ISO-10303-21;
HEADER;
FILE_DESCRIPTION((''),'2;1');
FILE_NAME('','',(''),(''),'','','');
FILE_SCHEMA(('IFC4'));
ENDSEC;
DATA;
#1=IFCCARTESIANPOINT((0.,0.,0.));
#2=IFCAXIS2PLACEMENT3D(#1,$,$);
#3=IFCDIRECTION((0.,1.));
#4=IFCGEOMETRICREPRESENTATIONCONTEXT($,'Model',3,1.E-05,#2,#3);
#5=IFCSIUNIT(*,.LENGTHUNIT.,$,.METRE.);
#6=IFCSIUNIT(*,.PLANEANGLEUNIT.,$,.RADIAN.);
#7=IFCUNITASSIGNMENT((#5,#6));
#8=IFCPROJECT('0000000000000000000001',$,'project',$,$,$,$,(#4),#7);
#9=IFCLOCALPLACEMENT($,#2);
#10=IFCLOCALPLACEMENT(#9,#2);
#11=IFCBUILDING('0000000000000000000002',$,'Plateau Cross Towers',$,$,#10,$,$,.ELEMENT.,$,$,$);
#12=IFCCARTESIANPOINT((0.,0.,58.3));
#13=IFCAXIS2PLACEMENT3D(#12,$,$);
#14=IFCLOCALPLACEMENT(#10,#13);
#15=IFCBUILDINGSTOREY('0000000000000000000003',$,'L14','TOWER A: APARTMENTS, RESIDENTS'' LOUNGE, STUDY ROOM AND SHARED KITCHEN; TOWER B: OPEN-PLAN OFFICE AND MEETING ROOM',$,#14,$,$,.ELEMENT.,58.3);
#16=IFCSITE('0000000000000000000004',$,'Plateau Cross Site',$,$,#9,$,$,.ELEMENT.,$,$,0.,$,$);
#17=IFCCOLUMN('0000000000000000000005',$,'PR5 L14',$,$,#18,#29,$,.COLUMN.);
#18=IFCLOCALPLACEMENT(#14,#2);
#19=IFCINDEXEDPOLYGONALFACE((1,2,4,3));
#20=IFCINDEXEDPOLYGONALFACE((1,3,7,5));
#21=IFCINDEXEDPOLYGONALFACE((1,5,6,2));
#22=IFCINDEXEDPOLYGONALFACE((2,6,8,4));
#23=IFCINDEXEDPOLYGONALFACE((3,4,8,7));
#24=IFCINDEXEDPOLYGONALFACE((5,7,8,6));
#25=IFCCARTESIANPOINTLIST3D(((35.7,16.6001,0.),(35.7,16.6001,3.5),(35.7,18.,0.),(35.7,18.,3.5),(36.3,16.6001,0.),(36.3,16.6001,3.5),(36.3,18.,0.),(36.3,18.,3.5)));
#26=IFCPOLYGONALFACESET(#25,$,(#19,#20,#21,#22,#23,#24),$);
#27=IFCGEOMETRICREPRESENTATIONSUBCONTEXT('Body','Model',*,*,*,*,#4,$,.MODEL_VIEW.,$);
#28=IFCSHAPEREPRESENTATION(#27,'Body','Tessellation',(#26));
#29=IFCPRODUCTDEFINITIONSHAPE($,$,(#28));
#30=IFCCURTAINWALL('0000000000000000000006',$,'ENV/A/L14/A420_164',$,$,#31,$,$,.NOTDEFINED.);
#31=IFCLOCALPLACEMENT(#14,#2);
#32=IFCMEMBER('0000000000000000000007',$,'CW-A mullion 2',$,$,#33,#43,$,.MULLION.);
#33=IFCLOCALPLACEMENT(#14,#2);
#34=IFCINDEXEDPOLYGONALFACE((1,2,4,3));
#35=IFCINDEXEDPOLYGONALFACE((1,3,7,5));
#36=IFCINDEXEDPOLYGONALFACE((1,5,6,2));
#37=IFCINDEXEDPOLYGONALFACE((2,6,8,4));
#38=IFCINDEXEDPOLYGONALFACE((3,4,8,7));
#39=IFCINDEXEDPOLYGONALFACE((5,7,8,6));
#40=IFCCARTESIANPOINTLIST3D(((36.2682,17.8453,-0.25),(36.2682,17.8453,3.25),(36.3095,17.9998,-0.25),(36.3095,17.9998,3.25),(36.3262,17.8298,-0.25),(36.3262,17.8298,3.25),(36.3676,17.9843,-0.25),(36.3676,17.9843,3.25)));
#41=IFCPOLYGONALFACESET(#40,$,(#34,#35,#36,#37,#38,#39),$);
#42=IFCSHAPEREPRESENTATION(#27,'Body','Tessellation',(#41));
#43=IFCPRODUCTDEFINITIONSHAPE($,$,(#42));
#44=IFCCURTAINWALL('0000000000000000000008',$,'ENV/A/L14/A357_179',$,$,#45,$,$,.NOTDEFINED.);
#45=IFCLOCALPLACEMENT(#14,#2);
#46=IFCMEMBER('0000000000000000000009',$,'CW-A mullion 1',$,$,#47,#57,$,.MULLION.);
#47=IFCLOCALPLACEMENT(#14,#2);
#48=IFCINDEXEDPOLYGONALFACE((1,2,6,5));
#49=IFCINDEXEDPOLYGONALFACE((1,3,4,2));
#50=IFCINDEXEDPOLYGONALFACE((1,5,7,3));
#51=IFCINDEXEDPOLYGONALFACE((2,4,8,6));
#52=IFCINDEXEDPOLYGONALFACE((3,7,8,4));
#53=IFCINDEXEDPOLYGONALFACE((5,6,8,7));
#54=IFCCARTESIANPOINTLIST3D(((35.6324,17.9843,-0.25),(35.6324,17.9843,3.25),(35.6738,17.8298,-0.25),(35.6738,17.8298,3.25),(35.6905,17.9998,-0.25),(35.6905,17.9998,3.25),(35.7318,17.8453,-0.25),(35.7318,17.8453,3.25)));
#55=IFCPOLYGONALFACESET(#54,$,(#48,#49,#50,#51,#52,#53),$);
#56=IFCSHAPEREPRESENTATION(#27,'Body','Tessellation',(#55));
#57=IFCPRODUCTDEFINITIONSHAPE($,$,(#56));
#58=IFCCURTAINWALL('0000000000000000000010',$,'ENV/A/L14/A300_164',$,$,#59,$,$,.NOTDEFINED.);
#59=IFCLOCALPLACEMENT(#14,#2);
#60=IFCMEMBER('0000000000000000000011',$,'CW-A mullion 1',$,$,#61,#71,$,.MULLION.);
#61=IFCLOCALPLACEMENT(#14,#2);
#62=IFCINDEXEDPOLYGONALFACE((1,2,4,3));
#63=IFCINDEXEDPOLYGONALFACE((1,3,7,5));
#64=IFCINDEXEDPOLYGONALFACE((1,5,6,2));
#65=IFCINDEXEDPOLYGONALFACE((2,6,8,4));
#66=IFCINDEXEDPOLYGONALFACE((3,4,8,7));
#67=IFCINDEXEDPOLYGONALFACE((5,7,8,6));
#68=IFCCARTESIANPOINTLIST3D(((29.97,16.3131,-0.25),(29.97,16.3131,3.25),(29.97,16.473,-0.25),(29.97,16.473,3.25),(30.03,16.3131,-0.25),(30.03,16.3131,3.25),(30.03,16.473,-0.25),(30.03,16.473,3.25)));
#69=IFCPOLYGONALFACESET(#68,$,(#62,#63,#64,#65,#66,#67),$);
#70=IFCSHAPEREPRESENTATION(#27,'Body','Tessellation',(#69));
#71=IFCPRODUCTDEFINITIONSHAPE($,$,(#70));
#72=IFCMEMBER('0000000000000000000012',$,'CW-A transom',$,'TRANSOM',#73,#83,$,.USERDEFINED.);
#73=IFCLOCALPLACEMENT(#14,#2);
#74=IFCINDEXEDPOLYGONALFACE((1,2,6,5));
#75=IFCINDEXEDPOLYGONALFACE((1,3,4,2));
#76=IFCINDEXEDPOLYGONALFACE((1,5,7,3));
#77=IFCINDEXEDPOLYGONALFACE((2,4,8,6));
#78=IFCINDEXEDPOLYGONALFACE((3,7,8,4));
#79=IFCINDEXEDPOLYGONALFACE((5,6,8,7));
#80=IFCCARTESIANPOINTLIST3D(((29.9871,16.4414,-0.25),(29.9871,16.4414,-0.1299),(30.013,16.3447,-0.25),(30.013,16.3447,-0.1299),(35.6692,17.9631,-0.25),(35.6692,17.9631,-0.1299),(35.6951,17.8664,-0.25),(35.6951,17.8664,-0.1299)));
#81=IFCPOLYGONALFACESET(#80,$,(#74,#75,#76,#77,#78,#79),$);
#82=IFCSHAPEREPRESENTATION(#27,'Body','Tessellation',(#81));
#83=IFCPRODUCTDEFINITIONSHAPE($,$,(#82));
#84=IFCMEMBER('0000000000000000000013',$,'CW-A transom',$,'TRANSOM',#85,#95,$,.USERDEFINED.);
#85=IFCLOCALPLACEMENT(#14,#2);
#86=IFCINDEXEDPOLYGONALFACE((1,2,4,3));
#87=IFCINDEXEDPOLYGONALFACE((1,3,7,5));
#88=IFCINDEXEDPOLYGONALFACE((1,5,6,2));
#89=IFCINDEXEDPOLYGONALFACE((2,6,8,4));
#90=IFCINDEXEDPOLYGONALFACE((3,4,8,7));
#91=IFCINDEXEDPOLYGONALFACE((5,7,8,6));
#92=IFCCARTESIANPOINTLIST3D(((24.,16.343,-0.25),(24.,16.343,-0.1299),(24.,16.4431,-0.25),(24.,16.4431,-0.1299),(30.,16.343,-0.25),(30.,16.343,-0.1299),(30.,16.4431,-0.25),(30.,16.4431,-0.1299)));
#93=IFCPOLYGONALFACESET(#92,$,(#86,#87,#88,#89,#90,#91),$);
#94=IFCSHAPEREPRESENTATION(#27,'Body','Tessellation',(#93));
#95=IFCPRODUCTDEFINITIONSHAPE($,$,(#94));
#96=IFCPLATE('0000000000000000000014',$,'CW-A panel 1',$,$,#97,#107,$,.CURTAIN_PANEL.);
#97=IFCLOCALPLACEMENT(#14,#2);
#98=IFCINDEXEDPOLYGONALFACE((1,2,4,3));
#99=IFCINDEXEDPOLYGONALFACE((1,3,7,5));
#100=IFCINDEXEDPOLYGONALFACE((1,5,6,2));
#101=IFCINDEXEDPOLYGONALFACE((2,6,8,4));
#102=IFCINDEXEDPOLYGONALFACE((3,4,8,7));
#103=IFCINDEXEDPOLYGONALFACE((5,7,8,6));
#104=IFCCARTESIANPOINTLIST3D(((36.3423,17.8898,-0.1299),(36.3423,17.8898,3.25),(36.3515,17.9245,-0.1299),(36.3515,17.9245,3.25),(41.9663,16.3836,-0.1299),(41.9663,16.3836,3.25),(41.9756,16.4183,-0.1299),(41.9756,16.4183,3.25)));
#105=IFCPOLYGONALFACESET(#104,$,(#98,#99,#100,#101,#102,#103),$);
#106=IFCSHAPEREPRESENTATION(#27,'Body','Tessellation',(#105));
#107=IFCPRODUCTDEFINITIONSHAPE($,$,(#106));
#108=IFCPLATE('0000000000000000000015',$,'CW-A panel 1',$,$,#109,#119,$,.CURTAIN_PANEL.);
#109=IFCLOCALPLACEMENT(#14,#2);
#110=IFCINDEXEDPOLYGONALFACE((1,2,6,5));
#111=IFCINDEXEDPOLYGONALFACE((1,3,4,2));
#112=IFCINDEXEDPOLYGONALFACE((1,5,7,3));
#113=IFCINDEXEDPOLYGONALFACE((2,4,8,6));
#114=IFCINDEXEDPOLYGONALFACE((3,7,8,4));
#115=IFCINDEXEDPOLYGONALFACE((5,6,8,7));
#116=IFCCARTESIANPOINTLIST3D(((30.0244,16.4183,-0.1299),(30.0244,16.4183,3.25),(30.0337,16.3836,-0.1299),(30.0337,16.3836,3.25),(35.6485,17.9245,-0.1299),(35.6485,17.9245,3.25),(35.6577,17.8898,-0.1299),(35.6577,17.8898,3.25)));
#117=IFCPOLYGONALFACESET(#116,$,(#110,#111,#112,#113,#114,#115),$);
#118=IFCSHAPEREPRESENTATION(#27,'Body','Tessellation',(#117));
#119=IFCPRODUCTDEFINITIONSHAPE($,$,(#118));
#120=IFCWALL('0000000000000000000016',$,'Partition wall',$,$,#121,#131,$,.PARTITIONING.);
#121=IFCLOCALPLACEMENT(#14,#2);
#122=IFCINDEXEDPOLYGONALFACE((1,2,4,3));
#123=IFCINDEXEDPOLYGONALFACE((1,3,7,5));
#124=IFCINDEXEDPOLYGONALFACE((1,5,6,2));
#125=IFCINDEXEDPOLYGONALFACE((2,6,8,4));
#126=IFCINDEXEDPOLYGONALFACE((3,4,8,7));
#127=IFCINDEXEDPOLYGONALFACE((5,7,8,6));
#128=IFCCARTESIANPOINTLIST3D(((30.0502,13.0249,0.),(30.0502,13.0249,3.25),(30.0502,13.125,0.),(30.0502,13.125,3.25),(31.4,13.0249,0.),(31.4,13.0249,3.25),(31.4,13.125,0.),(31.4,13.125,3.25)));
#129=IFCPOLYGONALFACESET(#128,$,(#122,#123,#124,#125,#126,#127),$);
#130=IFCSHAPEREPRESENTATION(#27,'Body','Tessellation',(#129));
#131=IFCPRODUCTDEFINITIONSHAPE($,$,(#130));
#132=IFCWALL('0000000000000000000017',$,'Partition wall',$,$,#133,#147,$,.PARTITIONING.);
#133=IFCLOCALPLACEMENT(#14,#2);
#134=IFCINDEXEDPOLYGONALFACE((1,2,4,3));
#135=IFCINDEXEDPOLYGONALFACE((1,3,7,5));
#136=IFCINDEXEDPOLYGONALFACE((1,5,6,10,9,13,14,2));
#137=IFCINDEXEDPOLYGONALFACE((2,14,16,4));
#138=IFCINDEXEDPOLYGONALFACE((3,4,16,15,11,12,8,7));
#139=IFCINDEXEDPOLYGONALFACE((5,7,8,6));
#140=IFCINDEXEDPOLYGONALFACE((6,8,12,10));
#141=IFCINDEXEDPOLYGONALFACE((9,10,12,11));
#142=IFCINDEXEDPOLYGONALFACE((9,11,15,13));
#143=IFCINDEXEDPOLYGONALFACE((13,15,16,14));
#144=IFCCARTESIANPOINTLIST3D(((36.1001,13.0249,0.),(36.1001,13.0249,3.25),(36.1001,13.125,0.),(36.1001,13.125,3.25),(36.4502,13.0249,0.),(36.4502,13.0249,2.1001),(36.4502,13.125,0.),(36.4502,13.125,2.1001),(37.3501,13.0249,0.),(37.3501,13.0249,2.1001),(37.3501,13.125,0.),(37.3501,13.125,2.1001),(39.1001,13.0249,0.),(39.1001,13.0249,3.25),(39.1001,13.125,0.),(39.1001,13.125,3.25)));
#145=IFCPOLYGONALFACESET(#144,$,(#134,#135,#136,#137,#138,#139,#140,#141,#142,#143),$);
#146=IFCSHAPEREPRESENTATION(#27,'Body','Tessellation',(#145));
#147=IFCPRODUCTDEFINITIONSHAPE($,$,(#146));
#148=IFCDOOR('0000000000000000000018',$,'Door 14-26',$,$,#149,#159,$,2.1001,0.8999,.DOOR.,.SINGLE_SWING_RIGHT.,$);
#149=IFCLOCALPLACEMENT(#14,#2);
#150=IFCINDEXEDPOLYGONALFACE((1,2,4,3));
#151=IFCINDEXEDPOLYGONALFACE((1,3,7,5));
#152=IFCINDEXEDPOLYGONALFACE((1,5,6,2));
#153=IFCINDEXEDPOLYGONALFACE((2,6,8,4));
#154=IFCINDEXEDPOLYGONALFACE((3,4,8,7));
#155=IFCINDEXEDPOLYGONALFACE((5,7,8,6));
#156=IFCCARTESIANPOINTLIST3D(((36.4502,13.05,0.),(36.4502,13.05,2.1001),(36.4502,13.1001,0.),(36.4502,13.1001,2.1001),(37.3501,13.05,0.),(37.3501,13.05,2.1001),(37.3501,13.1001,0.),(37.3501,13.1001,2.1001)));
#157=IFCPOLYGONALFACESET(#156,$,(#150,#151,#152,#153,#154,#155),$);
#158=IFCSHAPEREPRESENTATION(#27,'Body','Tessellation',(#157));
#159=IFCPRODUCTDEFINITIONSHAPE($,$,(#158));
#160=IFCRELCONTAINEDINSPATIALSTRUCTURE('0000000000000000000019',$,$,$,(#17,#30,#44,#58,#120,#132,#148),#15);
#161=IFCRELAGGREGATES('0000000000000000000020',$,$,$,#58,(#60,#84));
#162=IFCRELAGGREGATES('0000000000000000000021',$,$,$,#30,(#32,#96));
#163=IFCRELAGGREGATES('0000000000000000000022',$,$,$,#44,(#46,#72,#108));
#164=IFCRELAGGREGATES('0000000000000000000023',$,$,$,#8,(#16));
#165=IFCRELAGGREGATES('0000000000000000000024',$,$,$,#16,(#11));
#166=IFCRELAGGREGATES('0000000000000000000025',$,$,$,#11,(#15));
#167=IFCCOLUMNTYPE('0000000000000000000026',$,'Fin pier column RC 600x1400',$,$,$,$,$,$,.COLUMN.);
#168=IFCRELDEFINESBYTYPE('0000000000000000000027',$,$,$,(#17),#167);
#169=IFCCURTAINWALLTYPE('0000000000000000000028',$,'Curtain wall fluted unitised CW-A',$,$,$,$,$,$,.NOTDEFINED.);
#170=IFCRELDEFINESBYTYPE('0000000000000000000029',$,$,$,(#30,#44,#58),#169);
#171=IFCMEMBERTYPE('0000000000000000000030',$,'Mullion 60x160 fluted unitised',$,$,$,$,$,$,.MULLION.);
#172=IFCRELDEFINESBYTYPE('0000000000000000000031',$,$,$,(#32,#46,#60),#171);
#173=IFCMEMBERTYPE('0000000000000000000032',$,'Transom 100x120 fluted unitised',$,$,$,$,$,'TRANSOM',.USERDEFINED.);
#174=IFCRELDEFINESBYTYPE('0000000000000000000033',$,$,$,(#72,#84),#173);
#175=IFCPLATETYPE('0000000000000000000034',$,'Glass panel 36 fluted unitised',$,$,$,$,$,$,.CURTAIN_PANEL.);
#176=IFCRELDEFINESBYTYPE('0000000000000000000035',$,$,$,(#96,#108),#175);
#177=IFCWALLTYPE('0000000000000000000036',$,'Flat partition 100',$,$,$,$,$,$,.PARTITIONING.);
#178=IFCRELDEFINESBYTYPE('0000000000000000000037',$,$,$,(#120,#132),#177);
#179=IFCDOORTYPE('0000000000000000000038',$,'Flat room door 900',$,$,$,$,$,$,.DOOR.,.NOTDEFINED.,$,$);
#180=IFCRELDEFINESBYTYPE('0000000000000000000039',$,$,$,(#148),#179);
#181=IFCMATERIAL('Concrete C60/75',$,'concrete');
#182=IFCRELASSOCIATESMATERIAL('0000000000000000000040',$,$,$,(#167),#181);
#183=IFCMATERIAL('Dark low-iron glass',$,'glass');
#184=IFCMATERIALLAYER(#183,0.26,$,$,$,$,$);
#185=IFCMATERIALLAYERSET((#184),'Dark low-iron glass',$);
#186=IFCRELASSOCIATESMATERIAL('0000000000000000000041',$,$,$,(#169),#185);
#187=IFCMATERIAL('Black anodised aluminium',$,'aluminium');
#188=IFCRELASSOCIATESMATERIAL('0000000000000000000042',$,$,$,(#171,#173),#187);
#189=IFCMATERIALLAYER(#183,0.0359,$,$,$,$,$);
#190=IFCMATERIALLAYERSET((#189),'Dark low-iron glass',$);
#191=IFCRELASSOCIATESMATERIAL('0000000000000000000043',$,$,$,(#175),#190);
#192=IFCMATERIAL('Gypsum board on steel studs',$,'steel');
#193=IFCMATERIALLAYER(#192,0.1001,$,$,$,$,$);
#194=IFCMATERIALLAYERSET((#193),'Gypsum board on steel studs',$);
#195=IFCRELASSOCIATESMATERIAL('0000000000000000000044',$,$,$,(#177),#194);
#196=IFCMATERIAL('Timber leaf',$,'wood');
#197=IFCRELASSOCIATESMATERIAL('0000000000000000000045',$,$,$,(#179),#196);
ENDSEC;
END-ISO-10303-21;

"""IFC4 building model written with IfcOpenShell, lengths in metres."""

from ifc_helpers import new_model, si_unit, direction, frame, frame_2d, origin, origin_2d, place, context, subcontext, project, spatial, rectangle, extrude, material, layer, layer_set, material_profile, profile_set, type_object, element, fill, aggregate, save


model = new_model("IFC4")

# Units and contexts
model_context = context("Model", 3, precision=1e-05, world=origin(), true_north=direction((0.0, 1.0)))
body_context = subcontext(model_context, "Body", "Model", "MODEL_VIEW")
ifc_project = project(units=[si_unit("LENGTHUNIT", "METRE"), si_unit("PLANEANGLEUNIT", "RADIAN")], contexts=[model_context])

# Site, building, storey
site_placement = place(None, origin())
site = spatial("IfcSite", under=ifc_project, at=site_placement, Name="Plateau Cross Site", CompositionType="ELEMENT", RefElevation=0.0)
building_placement = place(site_placement, origin())
building = spatial("IfcBuilding", under=site, at=building_placement, Name="Plateau Cross Towers", CompositionType="ELEMENT")
storey_placement = place(building_placement, frame((0.0, 0.0, 58.3)))
storey = spatial("IfcBuildingStorey", under=building, at=storey_placement, Name="L14", Description="TOWER A: APARTMENTS, RESIDENTS' LOUNGE, STUDY ROOM AND SHARED KITCHEN; TOWER B: OPEN-PLAN OFFICE AND MEETING ROOM", CompositionType="ELEMENT", Elevation=58.3)

# Column
ifc_material_1 = material(Name="Concrete C60/75", Category="concrete")
ifc_material_profile_1 = material_profile(ifc_material_1, rectangle(XDim=0.6001, YDim=1.3999, at=origin_2d()), Name="RC 600x1400")
ifc_profile_set_1 = profile_set([ifc_material_profile_1], Name="Concrete C60/75")
column_type = type_object("IfcColumnType", Name="Fin pier column RC 600x1400", PredefinedType="COLUMN", material=ifc_profile_set_1)
column_placement = place(storey_placement, frame((36.0, 17.3, 0.0), z_axis=(0.0, 0.0, 1.0), x_axis=(1.0, 0.0, 0.0)))
element("IfcColumn", 1, at=column_placement, inside=storey, type_object=column_type, Name="PR5 L14", PredefinedType="COLUMN", context=body_context, shape_type="SweptSolid", body=[
    extrude(rectangle(XDim=0.6001, YDim=1.3999, at=origin_2d()), origin(), (0.0, 0.0, 1.0), 3.5),
])

# Curtain walls, members
ifc_material_2 = material(Name="Dark low-iron glass", Category="glass")
ifc_layer_1 = layer(ifc_material_2, 0.26)
ifc_layer_set_1 = layer_set([ifc_layer_1], Name="Dark low-iron glass")
curtain_wall_type = type_object("IfcCurtainWallType", Name="Curtain wall fluted unitised CW-A", PredefinedType="NOTDEFINED", material=ifc_layer_set_1)
curtain_wall_1_placement = place(storey_placement, origin())
curtain_wall_1 = element("IfcCurtainWall", 2, at=curtain_wall_1_placement, inside=storey, type_object=curtain_wall_type, Name="ENV/A/L14/A420_164", PredefinedType="NOTDEFINED")
ifc_material_3 = material(Name="Black anodised aluminium", Category="aluminium")
ifc_material_profile_2 = material_profile(ifc_material_3, rectangle(XDim=0.0601, YDim=0.1599, at=origin_2d()), Name="MULLION 60x160")
ifc_profile_set_2 = profile_set([ifc_material_profile_2], Name="Black anodised aluminium")
member_type_1 = type_object("IfcMemberType", Name="Mullion 60x160 fluted unitised", PredefinedType="MULLION", material=ifc_profile_set_2)
member_1_placement = place(storey_placement, frame((36.3179, 17.9148, -0.25), z_axis=(0.0, 0.0, 1.0), x_axis=(-0.965958, 0.258699, 0.0)))
member_1 = element("IfcMember", 3, at=member_1_placement, type_object=member_type_1, Name="CW-A mullion 2", PredefinedType="MULLION", context=body_context, shape_type="SweptSolid", body=[
    extrude(rectangle(XDim=0.0601, YDim=0.1599, at=origin_2d()), origin(), (0.0, 0.0, 1.0), 3.5),
])
curtain_wall_2_placement = place(storey_placement, origin())
curtain_wall_2 = element("IfcCurtainWall", 4, at=curtain_wall_2_placement, inside=storey, type_object=curtain_wall_type, Name="ENV/A/L14/A357_179", PredefinedType="NOTDEFINED")
member_2_placement = place(storey_placement, frame((35.6821, 17.9148, -0.25), z_axis=(0.0, 0.0, 1.0), x_axis=(-0.965958, -0.258699, 0.0)))
member_2 = element("IfcMember", 5, at=member_2_placement, type_object=member_type_1, Name="CW-A mullion 1", PredefinedType="MULLION", context=body_context, shape_type="SweptSolid", body=[
    extrude(rectangle(XDim=0.0601, YDim=0.1599, at=origin_2d()), origin(), (0.0, 0.0, 1.0), 3.5),
])
curtain_wall_3_placement = place(storey_placement, origin())
curtain_wall_3 = element("IfcCurtainWall", 6, at=curtain_wall_3_placement, inside=storey, type_object=curtain_wall_type, Name="ENV/A/L14/A300_164", PredefinedType="NOTDEFINED")
member_3_placement = place(storey_placement, frame((30.0, 16.3931, -0.25), z_axis=(0.0, 0.0, 1.0), x_axis=(-1.0, 0.0, 0.0)))
member_3 = element("IfcMember", 7, at=member_3_placement, type_object=member_type_1, Name="CW-A mullion 1", PredefinedType="MULLION", context=body_context, shape_type="SweptSolid", body=[
    extrude(rectangle(XDim=0.0601, YDim=0.1599, at=origin_2d()), origin(), (0.0, 0.0, 1.0), 3.5),
])

# Members
ifc_material_profile_3 = material_profile(ifc_material_3, rectangle(XDim=0.1001, YDim=0.1201, at=origin_2d()), Name="TRANSOM 100x120")
ifc_profile_set_3 = profile_set([ifc_material_profile_3], Name="Black anodised aluminium")
member_type_2 = type_object("IfcMemberType", Name="Transom 100x120 fluted unitised", ElementType="TRANSOM", PredefinedType="USERDEFINED", material=ifc_profile_set_3)
member_4_placement = place(storey_placement, frame((35.6821, 17.9148, -0.1899), z_axis=(-0.96596, -0.258693, 0.0), x_axis=(0.258693, -0.96596, 0.0)))
member_4 = element("IfcMember", 8, at=member_4_placement, type_object=member_type_2, Name="CW-A transom", ObjectType="TRANSOM", PredefinedType="USERDEFINED", context=body_context, shape_type="SweptSolid", body=[
    extrude(rectangle(XDim=0.1001, YDim=0.1201, at=origin_2d()), origin(), (0.0, 0.0, 1.0), 5.8823),
])
member_5_placement = place(storey_placement, frame((30.0, 16.3931, -0.1899), z_axis=(-1.0, 0.0, 0.0), x_axis=(0.0, -1.0, 0.0)))
member_5 = element("IfcMember", 9, at=member_5_placement, type_object=member_type_2, Name="CW-A transom", ObjectType="TRANSOM", PredefinedType="USERDEFINED", context=body_context, shape_type="SweptSolid", body=[
    extrude(rectangle(XDim=0.1001, YDim=0.1201, at=origin_2d()), origin(), (0.0, 0.0, 1.0), 6.0),
])
aggregate(curtain_wall_3, [member_3, member_5])

# Plates
ifc_layer_2 = layer(ifc_material_2, 0.0359)
ifc_layer_set_2 = layer_set([ifc_layer_2], Name="Dark low-iron glass")
plate_type = type_object("IfcPlateType", Name="Glass panel 36 fluted unitised", PredefinedType="CURTAIN_PANEL", material=ifc_layer_set_2)
plate_1_placement = place(storey_placement, frame((39.1589, 17.1541, -0.1299), z_axis=(0.0, 0.0, 1.0), x_axis=(-0.965958, 0.258699, 0.0)))
plate_1 = element("IfcPlate", 10, at=plate_1_placement, type_object=plate_type, Name="CW-A panel 1", PredefinedType="CURTAIN_PANEL", context=body_context, shape_type="SweptSolid", body=[
    extrude(rectangle(XDim=5.8223, YDim=0.0359, at=origin_2d()), origin(), (0.0, 0.0, 1.0), 3.3799),
])
aggregate(curtain_wall_1, [member_1, plate_1])
plate_2_placement = place(storey_placement, frame((32.8411, 17.1541, -0.1299), z_axis=(0.0, 0.0, 1.0), x_axis=(-0.965958, -0.258699, 0.0)))
plate_2 = element("IfcPlate", 11, at=plate_2_placement, type_object=plate_type, Name="CW-A panel 1", PredefinedType="CURTAIN_PANEL", context=body_context, shape_type="SweptSolid", body=[
    extrude(rectangle(XDim=5.8223, YDim=0.0359, at=origin_2d()), origin(), (0.0, 0.0, 1.0), 3.3799),
])
aggregate(curtain_wall_2, [member_2, member_4, plate_2])

# Wall
ifc_material_4 = material(Name="Gypsum board on steel studs", Category="steel")
ifc_layer_3 = layer(ifc_material_4, 0.1001)
ifc_layer_set_3 = layer_set([ifc_layer_3], Name="Gypsum board on steel studs")
wall_type_1 = type_object("IfcWallType", Name="Flat partition 100", PredefinedType="PARTITIONING", material=ifc_layer_set_3)
wall_1_placement = place(storey_placement, frame((31.3999, 13.075, 0.0), z_axis=(0.0, 0.0, 1.0), x_axis=(-1.0, 0.0, 0.0)))
element("IfcWall", 12, at=wall_1_placement, inside=storey, type_object=wall_type_1, Name="Partition wall", PredefinedType="PARTITIONING", context=body_context, shape_type="SweptSolid", body=[
    extrude(rectangle(XDim=1.3499, YDim=0.1001, at=frame_2d((0.6748, 0.0))), origin(), (0.0, 0.0, 1.0), 3.25),
])

# Wall, opening, door
wall_2_placement = place(storey_placement, frame((39.1001, 13.075, 0.0), z_axis=(0.0, 0.0, 1.0), x_axis=(-1.0, 0.0, 0.0)))
wall_2 = element("IfcWall", 13, at=wall_2_placement, inside=storey, type_object=wall_type_1, Name="Partition wall", PredefinedType="PARTITIONING", context=body_context, shape_type="SweptSolid", body=[
    extrude(rectangle(XDim=3.0, YDim=0.1001, at=frame_2d((1.5, 0.0))), origin(), (0.0, 0.0, 1.0), 3.25),
])
opening_1_placement = place(wall_2_placement, frame((1.75, 0.0, 0.0)))
opening_1 = element("IfcOpeningElement", 14, at=opening_1_placement, cuts=wall_2, PredefinedType="OPENING", context=body_context, shape_type="SweptSolid", body=[
    extrude(rectangle(XDim=0.8999, YDim=2.1001, at=frame_2d((0.45, 1.05))), frame((0.0, 0.0601, 0.0), z_axis=(0.0, -1.0, 0.0), x_axis=(1.0, 0.0, 0.0)), (0.0, 0.0, 1.0), 0.1201),
])
ifc_material_5 = material(Name="Timber leaf", Category="wood")
door_type = type_object("IfcDoorType", Name="Flat room door 900", OperationType="NOTDEFINED", PredefinedType="DOOR", material=ifc_material_5)
door_1_placement = place(opening_1_placement, origin())
door_1 = element("IfcDoor", 15, at=door_1_placement, inside=storey, type_object=door_type, Name="Door 14-26", OperationType="SINGLE_SWING_RIGHT", OverallHeight=2.1001, OverallWidth=0.8999, PredefinedType="DOOR", context=body_context, shape_type="SweptSolid", body=[
    extrude(rectangle(XDim=0.8999, YDim=2.1001, at=frame_2d((0.45, 1.05))), frame((0.0, 0.0249, 0.0), z_axis=(0.0, -1.0, 0.0), x_axis=(1.0, 0.0, 0.0)), (0.0, 0.0, 1.0), 0.05),
])
fill(opening_1, door_1)

save(model, "model.ifc")
